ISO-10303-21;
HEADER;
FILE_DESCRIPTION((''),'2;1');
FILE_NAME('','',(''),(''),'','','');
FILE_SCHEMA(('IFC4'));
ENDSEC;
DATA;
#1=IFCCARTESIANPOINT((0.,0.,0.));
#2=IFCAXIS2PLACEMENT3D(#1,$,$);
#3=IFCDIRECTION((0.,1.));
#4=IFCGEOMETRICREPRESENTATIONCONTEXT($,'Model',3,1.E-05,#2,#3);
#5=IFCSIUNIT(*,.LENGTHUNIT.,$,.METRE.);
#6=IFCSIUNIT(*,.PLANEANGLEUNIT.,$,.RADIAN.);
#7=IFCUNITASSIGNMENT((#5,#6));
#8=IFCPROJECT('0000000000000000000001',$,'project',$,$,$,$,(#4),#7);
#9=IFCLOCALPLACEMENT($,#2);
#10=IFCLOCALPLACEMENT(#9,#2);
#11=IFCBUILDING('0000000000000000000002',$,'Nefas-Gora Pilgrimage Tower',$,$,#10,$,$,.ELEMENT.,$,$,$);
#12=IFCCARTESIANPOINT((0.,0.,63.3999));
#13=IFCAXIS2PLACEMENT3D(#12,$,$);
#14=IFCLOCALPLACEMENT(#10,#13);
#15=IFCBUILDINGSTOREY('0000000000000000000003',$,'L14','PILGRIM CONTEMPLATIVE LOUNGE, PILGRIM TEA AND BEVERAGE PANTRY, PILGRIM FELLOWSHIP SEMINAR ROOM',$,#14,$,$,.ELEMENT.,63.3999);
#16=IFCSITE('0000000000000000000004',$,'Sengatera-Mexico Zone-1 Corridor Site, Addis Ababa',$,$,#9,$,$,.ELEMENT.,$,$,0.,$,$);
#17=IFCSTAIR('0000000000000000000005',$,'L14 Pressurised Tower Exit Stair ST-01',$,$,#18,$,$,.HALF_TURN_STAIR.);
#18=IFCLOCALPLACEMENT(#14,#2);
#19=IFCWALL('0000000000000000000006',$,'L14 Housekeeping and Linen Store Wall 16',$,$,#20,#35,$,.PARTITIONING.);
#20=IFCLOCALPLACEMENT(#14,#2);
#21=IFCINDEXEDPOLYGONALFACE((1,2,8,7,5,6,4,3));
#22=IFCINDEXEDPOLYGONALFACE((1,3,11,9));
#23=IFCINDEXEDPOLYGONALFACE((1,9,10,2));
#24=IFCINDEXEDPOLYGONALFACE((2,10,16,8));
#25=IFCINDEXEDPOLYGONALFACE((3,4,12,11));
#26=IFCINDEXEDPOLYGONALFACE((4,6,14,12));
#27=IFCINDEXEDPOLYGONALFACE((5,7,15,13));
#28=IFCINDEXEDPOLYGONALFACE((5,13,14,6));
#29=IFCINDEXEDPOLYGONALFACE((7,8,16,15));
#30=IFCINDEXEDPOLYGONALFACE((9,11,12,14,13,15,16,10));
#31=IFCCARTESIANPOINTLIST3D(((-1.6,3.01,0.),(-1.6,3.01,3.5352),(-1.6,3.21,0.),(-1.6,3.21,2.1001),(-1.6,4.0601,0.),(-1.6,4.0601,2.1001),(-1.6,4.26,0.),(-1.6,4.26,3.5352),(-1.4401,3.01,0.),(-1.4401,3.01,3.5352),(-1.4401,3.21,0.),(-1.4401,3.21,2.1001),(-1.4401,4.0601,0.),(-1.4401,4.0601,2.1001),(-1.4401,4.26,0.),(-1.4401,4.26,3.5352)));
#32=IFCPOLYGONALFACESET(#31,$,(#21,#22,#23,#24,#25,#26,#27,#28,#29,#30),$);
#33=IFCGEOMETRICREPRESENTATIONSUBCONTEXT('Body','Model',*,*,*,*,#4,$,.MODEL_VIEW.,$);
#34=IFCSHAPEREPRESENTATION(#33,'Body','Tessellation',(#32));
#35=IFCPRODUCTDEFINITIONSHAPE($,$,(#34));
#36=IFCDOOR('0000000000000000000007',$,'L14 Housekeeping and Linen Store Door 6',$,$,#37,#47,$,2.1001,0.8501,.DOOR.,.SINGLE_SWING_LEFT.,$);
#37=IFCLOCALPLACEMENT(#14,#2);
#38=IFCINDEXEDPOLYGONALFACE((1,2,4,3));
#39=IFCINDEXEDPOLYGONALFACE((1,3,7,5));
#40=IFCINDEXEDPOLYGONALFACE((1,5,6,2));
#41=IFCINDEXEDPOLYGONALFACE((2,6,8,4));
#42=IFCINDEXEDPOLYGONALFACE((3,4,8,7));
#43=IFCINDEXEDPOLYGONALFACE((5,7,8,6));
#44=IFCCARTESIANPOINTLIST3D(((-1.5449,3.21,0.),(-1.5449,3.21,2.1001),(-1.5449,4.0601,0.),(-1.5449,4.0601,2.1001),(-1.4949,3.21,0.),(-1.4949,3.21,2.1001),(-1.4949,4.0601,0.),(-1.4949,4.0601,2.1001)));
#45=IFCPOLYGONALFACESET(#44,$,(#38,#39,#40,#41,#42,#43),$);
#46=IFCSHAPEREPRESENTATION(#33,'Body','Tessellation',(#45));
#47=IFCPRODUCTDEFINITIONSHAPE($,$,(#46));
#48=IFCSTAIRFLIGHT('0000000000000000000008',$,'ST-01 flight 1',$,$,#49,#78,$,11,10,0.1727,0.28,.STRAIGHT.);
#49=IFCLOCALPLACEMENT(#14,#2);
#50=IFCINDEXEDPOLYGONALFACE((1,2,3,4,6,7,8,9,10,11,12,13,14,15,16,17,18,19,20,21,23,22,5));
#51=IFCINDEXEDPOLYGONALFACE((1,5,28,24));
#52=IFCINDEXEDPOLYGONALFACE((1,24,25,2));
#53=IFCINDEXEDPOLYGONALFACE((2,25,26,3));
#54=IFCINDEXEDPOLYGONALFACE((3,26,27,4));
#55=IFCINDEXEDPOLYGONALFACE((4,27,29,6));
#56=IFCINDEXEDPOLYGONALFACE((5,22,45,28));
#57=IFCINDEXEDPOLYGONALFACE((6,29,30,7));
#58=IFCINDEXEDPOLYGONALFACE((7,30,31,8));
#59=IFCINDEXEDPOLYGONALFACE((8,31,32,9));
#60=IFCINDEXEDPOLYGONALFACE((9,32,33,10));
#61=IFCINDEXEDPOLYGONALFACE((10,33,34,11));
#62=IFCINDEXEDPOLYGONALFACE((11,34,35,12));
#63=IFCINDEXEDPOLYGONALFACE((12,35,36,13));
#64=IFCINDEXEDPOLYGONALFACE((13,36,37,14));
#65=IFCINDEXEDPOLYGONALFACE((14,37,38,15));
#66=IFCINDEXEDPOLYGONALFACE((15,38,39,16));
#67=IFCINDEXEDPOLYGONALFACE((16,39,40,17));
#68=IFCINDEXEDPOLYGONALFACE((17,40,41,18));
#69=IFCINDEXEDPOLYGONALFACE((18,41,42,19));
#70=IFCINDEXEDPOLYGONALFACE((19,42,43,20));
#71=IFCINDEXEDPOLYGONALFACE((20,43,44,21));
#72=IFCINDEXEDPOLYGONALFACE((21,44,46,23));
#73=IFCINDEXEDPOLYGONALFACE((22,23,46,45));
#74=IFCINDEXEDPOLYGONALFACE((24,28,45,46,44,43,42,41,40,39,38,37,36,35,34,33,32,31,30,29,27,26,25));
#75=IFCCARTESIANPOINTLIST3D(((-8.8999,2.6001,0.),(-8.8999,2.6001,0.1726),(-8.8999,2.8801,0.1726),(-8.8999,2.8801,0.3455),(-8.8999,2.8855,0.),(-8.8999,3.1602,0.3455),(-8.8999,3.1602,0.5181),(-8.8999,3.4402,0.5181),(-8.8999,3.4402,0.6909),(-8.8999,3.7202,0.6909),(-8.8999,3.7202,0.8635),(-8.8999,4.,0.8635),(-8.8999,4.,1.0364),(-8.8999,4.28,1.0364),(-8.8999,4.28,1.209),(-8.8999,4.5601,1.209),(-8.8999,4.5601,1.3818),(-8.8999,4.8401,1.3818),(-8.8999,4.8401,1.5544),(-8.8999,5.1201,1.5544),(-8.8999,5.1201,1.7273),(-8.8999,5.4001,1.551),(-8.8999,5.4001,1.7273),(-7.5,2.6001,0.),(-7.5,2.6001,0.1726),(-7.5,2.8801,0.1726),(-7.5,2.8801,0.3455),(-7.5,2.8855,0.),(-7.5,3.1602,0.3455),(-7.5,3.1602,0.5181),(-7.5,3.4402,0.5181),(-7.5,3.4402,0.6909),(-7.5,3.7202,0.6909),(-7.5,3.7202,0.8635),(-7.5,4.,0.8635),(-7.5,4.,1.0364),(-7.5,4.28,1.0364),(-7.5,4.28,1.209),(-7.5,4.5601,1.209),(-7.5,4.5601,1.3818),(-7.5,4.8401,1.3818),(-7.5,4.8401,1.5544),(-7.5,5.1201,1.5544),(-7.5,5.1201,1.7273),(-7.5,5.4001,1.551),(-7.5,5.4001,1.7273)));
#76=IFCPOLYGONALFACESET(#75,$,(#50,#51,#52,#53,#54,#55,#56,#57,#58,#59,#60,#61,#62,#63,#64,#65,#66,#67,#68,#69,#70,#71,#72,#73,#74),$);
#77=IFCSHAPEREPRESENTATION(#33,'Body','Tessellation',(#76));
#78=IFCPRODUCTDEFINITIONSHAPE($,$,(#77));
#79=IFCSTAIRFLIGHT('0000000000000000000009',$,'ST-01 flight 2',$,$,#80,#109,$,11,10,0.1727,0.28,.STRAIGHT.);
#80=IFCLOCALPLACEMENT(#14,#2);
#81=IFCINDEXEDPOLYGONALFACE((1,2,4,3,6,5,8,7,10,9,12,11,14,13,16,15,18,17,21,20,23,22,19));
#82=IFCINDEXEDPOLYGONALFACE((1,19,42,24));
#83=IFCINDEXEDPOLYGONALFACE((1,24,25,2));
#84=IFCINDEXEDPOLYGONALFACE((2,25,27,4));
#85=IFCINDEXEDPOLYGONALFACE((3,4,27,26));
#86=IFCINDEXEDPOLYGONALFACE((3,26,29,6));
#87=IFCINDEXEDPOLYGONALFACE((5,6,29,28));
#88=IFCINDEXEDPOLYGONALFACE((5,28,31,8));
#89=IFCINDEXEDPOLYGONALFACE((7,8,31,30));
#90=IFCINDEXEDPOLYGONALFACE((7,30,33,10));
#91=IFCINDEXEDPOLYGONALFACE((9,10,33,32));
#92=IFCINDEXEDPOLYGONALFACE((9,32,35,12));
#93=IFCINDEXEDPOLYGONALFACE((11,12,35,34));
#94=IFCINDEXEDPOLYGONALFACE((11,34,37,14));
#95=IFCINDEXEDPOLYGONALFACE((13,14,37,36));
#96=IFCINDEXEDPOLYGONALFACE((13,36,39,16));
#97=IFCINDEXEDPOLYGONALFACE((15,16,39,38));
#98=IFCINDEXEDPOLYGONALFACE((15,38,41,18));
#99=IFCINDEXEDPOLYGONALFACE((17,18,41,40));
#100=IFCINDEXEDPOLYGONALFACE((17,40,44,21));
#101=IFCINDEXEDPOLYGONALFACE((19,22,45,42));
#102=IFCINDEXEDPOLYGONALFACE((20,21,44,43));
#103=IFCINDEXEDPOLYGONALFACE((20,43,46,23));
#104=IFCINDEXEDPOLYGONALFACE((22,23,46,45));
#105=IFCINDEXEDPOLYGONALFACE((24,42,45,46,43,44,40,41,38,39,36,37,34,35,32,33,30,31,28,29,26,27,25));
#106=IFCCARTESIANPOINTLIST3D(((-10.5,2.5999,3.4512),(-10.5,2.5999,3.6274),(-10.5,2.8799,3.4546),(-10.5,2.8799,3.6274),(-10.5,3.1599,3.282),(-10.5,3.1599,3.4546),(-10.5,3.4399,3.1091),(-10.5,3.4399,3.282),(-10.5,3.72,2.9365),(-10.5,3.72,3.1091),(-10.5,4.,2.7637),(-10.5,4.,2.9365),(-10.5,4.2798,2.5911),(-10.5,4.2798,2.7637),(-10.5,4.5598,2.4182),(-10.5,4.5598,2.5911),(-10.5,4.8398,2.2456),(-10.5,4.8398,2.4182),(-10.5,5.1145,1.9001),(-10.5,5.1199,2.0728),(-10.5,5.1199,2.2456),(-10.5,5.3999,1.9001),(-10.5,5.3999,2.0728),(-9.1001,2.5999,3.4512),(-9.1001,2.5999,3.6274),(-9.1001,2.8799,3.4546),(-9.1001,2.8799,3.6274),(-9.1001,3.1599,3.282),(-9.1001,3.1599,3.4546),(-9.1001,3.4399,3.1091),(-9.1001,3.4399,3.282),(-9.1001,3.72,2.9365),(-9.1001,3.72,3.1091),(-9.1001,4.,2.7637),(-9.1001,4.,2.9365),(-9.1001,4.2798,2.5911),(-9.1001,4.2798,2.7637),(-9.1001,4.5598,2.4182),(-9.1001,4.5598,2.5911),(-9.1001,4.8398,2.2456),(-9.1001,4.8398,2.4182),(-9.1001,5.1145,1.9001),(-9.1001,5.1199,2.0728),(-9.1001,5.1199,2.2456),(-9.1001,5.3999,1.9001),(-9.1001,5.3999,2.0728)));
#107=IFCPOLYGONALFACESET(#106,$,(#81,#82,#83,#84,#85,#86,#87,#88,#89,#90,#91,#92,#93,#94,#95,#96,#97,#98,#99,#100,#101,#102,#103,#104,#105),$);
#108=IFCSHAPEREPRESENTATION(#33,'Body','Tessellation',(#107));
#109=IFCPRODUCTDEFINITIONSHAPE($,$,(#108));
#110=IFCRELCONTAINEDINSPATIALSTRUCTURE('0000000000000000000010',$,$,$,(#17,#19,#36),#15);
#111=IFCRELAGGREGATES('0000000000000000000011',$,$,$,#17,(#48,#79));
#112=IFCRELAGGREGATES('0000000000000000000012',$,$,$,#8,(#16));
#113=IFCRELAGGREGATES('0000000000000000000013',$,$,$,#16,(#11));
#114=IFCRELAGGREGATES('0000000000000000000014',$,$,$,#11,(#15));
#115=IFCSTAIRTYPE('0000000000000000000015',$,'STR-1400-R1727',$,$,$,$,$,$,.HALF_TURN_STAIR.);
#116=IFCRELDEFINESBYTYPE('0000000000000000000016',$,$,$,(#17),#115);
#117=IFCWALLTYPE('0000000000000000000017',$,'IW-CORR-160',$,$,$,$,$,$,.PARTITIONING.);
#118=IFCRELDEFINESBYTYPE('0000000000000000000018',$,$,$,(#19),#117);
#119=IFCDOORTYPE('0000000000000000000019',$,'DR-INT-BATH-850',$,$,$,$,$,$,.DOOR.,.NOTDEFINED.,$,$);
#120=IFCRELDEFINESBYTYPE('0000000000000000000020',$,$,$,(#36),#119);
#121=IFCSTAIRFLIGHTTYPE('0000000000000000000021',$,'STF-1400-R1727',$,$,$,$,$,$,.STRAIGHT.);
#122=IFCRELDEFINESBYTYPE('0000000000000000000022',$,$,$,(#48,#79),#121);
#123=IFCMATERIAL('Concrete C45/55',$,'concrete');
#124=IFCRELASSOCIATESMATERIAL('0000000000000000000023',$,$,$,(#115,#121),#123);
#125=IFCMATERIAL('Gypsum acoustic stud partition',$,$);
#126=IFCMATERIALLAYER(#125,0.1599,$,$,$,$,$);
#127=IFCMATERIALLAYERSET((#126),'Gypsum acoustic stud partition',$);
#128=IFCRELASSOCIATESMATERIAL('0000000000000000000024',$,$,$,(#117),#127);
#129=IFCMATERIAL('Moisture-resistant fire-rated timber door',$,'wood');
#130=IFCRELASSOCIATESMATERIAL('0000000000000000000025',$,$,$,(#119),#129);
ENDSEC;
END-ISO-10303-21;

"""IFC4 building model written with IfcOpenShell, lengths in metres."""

from ifc_helpers import new_model, si_unit, direction, frame, frame_2d, origin, place, context, subcontext, project, spatial, polyline, rectangle, outline, extrude, source, transform, mapped, material, layer, layer_set, type_object, element, fill, aggregate, save


model = new_model("IFC4")

# Units and contexts
model_context = context("Model", 3, precision=1e-05, world=origin(), true_north=direction((0.0, 1.0)))
body_context = subcontext(model_context, "Body", "Model", "MODEL_VIEW")
ifc_project = project(units=[si_unit("LENGTHUNIT", "METRE"), si_unit("PLANEANGLEUNIT", "RADIAN")], contexts=[model_context])

# Site, building, storey
site_placement = place(None, origin())
site = spatial("IfcSite", under=ifc_project, at=site_placement, Name="Sengatera-Mexico Zone-1 Corridor Site, Addis Ababa", CompositionType="ELEMENT", RefElevation=0.0)
building_placement = place(site_placement, origin())
building = spatial("IfcBuilding", under=site, at=building_placement, Name="Nefas-Gora Pilgrimage Tower", CompositionType="ELEMENT")
storey_placement = place(building_placement, frame((0.0, 0.0, 63.3999)))
storey = spatial("IfcBuildingStorey", under=building, at=storey_placement, Name="L14", Description="PILGRIM CONTEMPLATIVE LOUNGE, PILGRIM TEA AND BEVERAGE PANTRY, PILGRIM FELLOWSHIP SEMINAR ROOM", CompositionType="ELEMENT", Elevation=63.3999)

# Stair
ifc_material_1 = material(Name="Concrete C45/55", Category="concrete")
stair_type = type_object("IfcStairType", Name="STR-1400-R1727", PredefinedType="HALF_TURN_STAIR", material=ifc_material_1)
stair_1_placement = place(storey_placement, origin())
stair_1 = element("IfcStair", 1, at=stair_1_placement, inside=storey, type_object=stair_type, Name="L14 Pressurised Tower Exit Stair ST-01", PredefinedType="HALF_TURN_STAIR")

# Shared definitions
ifc_material_2 = material(Name="Gypsum acoustic stud partition")
ifc_layer_1 = layer(ifc_material_2, 0.1599)
ifc_layer_set_1 = layer_set([ifc_layer_1], Name="Gypsum acoustic stud partition")
wall_type_1 = type_object("IfcWallType", Name="IW-CORR-160", PredefinedType="PARTITIONING", material=ifc_layer_set_1)

# Wall, opening, door
shared_shape_1 = source(origin(), body_context, "Body", "SweptSolid", [
    extrude(rectangle(XDim=1.25, YDim=0.1599, at=frame_2d((0.625, 0.0))), origin(), (0.0, 0.0, 1.0), 3.5352),
])
wall_1_placement = place(storey_placement, frame((-1.52, 3.01, 0.0), z_axis=(0.0, 0.0, 1.0), x_axis=(0.0, 1.0, 0.0)))
wall_1 = element("IfcWall", 2, at=wall_1_placement, inside=storey, type_object=wall_type_1, Name="L14 Housekeeping and Linen Store Wall 16", PredefinedType="PARTITIONING", context=body_context, shape_type="MappedRepresentation", body=[
    mapped(shared_shape_1, transform((0.0, 0.0, 0.0), x_axis=(1.0, 0.0, 0.0), y_axis=(0.0, 1.0, 0.0), z_axis=(0.0, 0.0, 1.0), scale=1.0)),
])
opening_1_placement = place(wall_1_placement, frame((0.2, 0.0, 0.0)))
opening_1 = element("IfcOpeningElement", 3, at=opening_1_placement, cuts=wall_1, PredefinedType="OPENING", context=body_context, shape_type="SweptSolid", body=[
    extrude(rectangle(XDim=0.8501, YDim=2.1001, at=frame_2d((0.425, 1.05))), frame((0.0, 0.0898, 0.0), z_axis=(0.0, -1.0, 0.0), x_axis=(1.0, 0.0, 0.0)), (0.0, 0.0, 1.0), 0.1799),
])
ifc_material_3 = material(Name="Moisture-resistant fire-rated timber door", Category="wood")
door_type_1 = type_object("IfcDoorType", Name="DR-INT-BATH-850", OperationType="NOTDEFINED", PredefinedType="DOOR", material=ifc_material_3)
shared_shape_2 = source(origin(), body_context, "Body", "SweptSolid", [
    extrude(rectangle(XDim=0.8501, YDim=2.1001, at=frame_2d((0.425, 1.05))), frame((0.0, 0.0249, 0.0), z_axis=(0.0, -1.0, 0.0), x_axis=(1.0, 0.0, 0.0)), (0.0, 0.0, 1.0), 0.05),
])
door_1_placement = place(opening_1_placement, origin())
door_1 = element("IfcDoor", 4, at=door_1_placement, inside=storey, type_object=door_type_1, Name="L14 Housekeeping and Linen Store Door 6", OperationType="SINGLE_SWING_LEFT", OverallHeight=2.1001, OverallWidth=0.8501, PredefinedType="DOOR", context=body_context, shape_type="MappedRepresentation", body=[
    mapped(shared_shape_2, transform((0.0, 0.0, 0.0), x_axis=(1.0, 0.0, 0.0), y_axis=(0.0, 1.0, 0.0), z_axis=(0.0, 0.0, 1.0), scale=1.0)),
])
fill(opening_1, door_1)

# Stair flights
stair_flight_type = type_object("IfcStairFlightType", Name="STF-1400-R1727", PredefinedType="STRAIGHT", material=ifc_material_1)
shared_shape_3 = source(origin(), body_context, "Body", "SweptSolid", [
    extrude(outline(polyline([(0.0, 0.0), (0.0, 0.1726), (0.28, 0.1726), (0.28, 0.3455), (0.5601, 0.3455), (0.5601, 0.5181), (0.8401, 0.5181), (0.8401, 0.6909), (1.1201, 0.6909), (1.1201, 0.8635), (1.3999, 0.8635), (1.3999, 1.0364), (1.6799, 1.0364), (1.6799, 1.209), (1.96, 1.209), (1.96, 1.3818), (2.24, 1.3818), (2.24, 1.5544), (2.52, 1.5544), (2.52, 1.7273), (2.8, 1.7273), (2.8, 1.8999), (2.8, 1.551), (0.2854, 0.0), (0.0, 0.0)])), frame((0.0, 0.7, 0.0), z_axis=(0.0, -1.0, 0.0), x_axis=(1.0, 0.0, 0.0)), (0.0, 0.0, 1.0), 1.3999),
])
stair_flight_1_placement = place(storey_placement, frame((-8.2, 2.6001, 0.0), z_axis=(0.0, 0.0, 1.0), x_axis=(0.0, 1.0, 0.0)))
stair_flight_1 = element("IfcStairFlight", 5, at=stair_flight_1_placement, type_object=stair_flight_type, Name="ST-01 flight 1", NumberOfRisers=11, NumberOfTreads=10, PredefinedType="STRAIGHT", RiserHeight=0.1727, TreadLength=0.28, context=body_context, shape_type="MappedRepresentation", body=[
    mapped(shared_shape_3, transform((0.0, 0.0, 0.0), x_axis=(1.0, 0.0, 0.0), y_axis=(0.0, 1.0, 0.0), z_axis=(0.0, 0.0, 1.0), scale=1.0)),
])
stair_flight_2_placement = place(storey_placement, frame((-9.8, 5.3999, 1.9001), z_axis=(0.0, 0.0, 1.0), x_axis=(0.0, -1.0, 0.0)))
stair_flight_2 = element("IfcStairFlight", 6, at=stair_flight_2_placement, type_object=stair_flight_type, Name="ST-01 flight 2", NumberOfRisers=11, NumberOfTreads=10, PredefinedType="STRAIGHT", RiserHeight=0.1727, TreadLength=0.28, context=body_context, shape_type="MappedRepresentation", body=[
    mapped(shared_shape_3, transform((0.0, 0.0, 0.0), x_axis=(1.0, 0.0, 0.0), y_axis=(0.0, 1.0, 0.0), z_axis=(0.0, 0.0, 1.0), scale=1.0)),
])
aggregate(stair_1, [stair_flight_1, stair_flight_2])

save(model, "model.ifc")
